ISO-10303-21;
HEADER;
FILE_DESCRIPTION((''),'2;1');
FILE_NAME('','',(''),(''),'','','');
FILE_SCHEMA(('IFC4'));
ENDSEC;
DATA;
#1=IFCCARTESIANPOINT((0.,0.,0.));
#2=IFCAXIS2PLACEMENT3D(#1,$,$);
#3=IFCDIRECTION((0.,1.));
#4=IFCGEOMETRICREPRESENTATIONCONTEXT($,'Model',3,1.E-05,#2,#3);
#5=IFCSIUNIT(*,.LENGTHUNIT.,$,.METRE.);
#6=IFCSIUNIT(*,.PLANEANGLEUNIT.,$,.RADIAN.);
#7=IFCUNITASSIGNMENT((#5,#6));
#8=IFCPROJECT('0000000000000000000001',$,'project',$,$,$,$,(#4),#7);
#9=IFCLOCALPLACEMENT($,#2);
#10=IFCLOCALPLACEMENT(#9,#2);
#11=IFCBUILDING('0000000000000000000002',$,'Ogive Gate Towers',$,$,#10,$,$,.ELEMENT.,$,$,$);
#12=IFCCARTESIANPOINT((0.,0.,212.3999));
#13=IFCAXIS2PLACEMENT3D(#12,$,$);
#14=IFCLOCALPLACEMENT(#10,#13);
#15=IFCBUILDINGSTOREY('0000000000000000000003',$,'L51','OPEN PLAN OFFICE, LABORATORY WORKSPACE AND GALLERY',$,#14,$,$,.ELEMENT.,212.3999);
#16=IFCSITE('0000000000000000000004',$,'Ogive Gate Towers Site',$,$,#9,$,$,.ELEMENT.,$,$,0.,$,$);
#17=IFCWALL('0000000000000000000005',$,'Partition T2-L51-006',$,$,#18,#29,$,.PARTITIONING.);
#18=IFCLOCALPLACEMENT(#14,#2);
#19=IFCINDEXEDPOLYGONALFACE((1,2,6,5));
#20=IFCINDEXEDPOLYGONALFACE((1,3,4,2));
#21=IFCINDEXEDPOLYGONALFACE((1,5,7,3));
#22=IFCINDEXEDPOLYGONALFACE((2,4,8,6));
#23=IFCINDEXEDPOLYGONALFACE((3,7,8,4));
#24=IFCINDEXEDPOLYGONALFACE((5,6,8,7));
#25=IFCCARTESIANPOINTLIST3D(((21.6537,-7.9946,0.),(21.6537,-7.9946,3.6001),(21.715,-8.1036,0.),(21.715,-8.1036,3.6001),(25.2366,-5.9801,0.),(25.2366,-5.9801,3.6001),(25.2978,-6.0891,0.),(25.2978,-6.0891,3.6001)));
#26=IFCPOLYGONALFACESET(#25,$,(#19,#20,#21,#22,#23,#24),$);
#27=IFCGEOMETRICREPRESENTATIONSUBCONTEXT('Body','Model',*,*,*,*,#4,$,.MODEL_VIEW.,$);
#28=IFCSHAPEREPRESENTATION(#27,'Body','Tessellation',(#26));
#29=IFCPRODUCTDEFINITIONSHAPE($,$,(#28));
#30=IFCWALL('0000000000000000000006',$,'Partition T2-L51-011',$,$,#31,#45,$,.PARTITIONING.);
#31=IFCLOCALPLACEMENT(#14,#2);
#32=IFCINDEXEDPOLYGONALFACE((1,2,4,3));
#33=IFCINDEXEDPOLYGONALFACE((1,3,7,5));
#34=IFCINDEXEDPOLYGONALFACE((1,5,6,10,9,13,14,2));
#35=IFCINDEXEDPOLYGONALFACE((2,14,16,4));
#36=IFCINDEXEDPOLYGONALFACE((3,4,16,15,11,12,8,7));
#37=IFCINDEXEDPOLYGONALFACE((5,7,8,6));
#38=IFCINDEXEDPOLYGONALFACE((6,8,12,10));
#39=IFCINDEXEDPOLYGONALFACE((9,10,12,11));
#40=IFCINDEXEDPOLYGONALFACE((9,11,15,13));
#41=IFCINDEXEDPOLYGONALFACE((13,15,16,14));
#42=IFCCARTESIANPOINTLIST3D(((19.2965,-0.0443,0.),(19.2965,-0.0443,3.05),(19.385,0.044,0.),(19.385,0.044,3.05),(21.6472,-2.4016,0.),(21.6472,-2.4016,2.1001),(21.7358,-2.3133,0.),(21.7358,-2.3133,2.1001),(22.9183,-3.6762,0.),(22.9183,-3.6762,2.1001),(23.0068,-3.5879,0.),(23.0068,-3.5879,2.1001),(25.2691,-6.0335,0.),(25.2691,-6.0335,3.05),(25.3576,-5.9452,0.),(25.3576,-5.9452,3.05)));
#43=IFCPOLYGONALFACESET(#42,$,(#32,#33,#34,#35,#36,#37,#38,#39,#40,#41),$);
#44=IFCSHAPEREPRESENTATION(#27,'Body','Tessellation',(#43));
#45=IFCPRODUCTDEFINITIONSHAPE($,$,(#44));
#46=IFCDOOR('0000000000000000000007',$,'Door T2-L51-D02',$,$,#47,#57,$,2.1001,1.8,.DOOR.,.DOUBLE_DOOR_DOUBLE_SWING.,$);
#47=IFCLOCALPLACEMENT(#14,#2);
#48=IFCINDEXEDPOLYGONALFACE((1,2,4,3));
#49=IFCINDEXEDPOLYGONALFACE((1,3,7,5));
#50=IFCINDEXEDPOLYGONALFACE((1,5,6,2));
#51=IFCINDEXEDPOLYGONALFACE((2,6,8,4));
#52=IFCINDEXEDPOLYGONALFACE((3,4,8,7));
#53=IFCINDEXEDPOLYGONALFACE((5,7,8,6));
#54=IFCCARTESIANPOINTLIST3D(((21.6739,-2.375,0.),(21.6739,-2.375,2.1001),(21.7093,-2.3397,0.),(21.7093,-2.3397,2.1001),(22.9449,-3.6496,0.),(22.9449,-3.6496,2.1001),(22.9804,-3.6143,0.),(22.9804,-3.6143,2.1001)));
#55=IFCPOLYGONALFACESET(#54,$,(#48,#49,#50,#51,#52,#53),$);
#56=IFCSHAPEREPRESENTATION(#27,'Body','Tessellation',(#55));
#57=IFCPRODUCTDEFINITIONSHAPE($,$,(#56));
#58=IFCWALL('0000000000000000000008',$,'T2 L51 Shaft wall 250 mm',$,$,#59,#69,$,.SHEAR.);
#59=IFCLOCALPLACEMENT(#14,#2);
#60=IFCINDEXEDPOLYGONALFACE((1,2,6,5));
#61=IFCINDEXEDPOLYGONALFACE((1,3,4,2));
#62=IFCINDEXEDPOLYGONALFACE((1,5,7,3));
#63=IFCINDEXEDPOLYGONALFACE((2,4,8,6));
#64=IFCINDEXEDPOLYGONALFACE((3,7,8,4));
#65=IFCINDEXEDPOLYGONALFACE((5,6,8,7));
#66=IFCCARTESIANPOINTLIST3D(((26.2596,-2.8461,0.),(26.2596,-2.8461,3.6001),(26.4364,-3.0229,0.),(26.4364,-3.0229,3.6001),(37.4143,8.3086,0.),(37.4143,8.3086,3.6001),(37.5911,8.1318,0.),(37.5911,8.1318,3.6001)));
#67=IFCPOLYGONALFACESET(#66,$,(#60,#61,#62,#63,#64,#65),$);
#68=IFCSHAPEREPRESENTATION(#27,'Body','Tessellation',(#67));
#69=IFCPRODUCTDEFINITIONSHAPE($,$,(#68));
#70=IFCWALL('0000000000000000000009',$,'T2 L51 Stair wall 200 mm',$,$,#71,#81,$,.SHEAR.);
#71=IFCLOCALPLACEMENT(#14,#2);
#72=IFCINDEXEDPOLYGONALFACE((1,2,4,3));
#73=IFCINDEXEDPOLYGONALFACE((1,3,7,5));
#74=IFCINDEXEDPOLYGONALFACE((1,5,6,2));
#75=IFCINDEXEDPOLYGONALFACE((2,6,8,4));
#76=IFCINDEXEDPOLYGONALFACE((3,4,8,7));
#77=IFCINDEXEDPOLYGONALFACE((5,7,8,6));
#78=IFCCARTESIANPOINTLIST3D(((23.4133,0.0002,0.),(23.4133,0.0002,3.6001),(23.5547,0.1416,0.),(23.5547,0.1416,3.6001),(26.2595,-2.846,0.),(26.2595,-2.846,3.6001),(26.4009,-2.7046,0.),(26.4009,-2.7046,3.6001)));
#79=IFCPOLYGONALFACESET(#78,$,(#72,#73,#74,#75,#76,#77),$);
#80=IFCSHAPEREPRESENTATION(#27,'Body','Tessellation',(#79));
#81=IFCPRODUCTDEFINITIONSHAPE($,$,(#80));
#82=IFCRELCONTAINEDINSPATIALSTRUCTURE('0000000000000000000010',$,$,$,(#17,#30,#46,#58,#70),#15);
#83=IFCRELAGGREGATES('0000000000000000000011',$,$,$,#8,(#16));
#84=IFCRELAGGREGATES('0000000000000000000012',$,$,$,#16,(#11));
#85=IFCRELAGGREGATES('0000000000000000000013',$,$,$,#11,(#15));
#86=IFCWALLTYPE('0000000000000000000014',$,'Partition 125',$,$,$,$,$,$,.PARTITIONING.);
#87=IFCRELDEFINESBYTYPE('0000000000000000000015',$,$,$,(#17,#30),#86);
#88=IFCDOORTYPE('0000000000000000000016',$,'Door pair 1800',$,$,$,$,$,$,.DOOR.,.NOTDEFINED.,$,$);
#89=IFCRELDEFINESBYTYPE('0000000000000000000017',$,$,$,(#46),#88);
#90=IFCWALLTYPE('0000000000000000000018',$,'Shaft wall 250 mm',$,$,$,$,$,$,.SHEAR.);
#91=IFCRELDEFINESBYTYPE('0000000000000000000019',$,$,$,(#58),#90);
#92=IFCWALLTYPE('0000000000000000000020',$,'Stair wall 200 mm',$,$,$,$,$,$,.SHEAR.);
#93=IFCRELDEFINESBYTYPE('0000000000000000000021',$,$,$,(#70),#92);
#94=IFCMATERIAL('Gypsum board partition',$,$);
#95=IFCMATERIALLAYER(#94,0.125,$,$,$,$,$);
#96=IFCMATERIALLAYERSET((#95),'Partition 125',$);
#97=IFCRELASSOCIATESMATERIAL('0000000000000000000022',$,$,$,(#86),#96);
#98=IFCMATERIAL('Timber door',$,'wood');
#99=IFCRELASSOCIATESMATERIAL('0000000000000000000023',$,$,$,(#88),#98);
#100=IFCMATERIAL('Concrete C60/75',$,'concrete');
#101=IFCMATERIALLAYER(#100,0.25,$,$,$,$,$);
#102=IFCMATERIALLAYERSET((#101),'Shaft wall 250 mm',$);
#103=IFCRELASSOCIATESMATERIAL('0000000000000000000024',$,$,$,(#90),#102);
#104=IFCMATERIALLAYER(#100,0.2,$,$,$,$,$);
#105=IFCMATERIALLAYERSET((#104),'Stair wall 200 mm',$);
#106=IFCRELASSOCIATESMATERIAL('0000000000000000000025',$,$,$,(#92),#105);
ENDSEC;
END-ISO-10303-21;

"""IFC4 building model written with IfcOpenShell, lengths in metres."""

from ifc_helpers import new_model, si_unit, direction, frame, frame_2d, origin, place, context, subcontext, project, spatial, rectangle, extrude, material, layer, layer_set, type_object, element, fill, save


model = new_model("IFC4")

# Units and contexts
model_context = context("Model", 3, precision=1e-05, world=origin(), true_north=direction((0.0, 1.0)))
body_context = subcontext(model_context, "Body", "Model", "MODEL_VIEW")
ifc_project = project(units=[si_unit("LENGTHUNIT", "METRE"), si_unit("PLANEANGLEUNIT", "RADIAN")], contexts=[model_context])

# Site, building, storey
site_placement = place(None, origin())
site = spatial("IfcSite", under=ifc_project, at=site_placement, Name="Ogive Gate Towers Site", CompositionType="ELEMENT", RefElevation=0.0)
building_placement = place(site_placement, origin())
building = spatial("IfcBuilding", under=site, at=building_placement, Name="Ogive Gate Towers", CompositionType="ELEMENT")
storey_placement = place(building_placement, frame((0.0, 0.0, 212.3999)))
storey = spatial("IfcBuildingStorey", under=building, at=storey_placement, Name="L51", Description="OPEN PLAN OFFICE, LABORATORY WORKSPACE AND GALLERY", CompositionType="ELEMENT", Elevation=212.3999)

# Wall
ifc_material_1 = material(Name="Gypsum board partition")
ifc_layer_1 = layer(ifc_material_1, 0.125)
ifc_layer_set_1 = layer_set([ifc_layer_1], Name="Partition 125")
wall_type_1 = type_object("IfcWallType", Name="Partition 125", PredefinedType="PARTITIONING", material=ifc_layer_set_1)
wall_1_placement = place(storey_placement, frame((21.6843, -8.0491, 0.0), z_axis=(0.0, 0.0, 1.0), x_axis=(0.871669, 0.490095, 0.0)))
element("IfcWall", 1, at=wall_1_placement, inside=storey, type_object=wall_type_1, Name="Partition T2-L51-006", PredefinedType="PARTITIONING", context=body_context, shape_type="SweptSolid", body=[
    extrude(rectangle(XDim=4.1104, YDim=0.125, at=frame_2d((2.0552, 0.0))), origin(), (0.0, 0.0, 1.0), 3.6001),
])

# Wall, opening, door
wall_2_placement = place(storey_placement, frame((25.3132, -5.9893, 0.0), z_axis=(0.0, 0.0, 1.0), x_axis=(-0.706125, 0.708087, 0.0)))
wall_2 = element("IfcWall", 2, at=wall_2_placement, inside=storey, type_object=wall_type_1, Name="Partition T2-L51-011", PredefinedType="PARTITIONING", context=body_context, shape_type="SweptSolid", body=[
    extrude(rectangle(XDim=8.4583, YDim=0.125, at=frame_2d((4.229, 0.0))), origin(), (0.0, 0.0, 1.0), 3.05),
])
opening_placement = place(wall_2_placement, frame((3.3291, 0.0, 0.0)))
opening = element("IfcOpeningElement", 3, at=opening_placement, cuts=wall_2, PredefinedType="OPENING", context=body_context, shape_type="SweptSolid", body=[
    extrude(rectangle(XDim=1.8, YDim=2.1001, at=frame_2d((0.8999, 1.05))), frame((0.0, 0.0725, 0.0), z_axis=(0.0, -1.0, 0.0), x_axis=(1.0, 0.0, 0.0)), (0.0, 0.0, 1.0), 0.145),
])
ifc_material_2 = material(Name="Timber door", Category="wood")
door_type = type_object("IfcDoorType", Name="Door pair 1800", OperationType="NOTDEFINED", PredefinedType="DOOR", material=ifc_material_2)
door_placement = place(opening_placement, origin())
door = element("IfcDoor", 4, at=door_placement, inside=storey, type_object=door_type, Name="Door T2-L51-D02", OperationType="DOUBLE_DOOR_DOUBLE_SWING", OverallHeight=2.1001, OverallWidth=1.8, PredefinedType="DOOR", context=body_context, shape_type="SweptSolid", body=[
    extrude(rectangle(XDim=1.8, YDim=2.1001, at=frame_2d((0.8999, 1.05))), frame((0.0, 0.0249, 0.0), z_axis=(0.0, -1.0, 0.0), x_axis=(1.0, 0.0, 0.0)), (0.0, 0.0, 1.0), 0.05),
])
fill(opening, door)

# Walls
ifc_material_3 = material(Name="Concrete C60/75", Category="concrete")
ifc_layer_2 = layer(ifc_material_3, 0.25)
ifc_layer_set_2 = layer_set([ifc_layer_2], Name="Shaft wall 250 mm")
wall_type_2 = type_object("IfcWallType", Name="Shaft wall 250 mm", PredefinedType="SHEAR", material=ifc_layer_set_2)
wall_3_placement = place(storey_placement, frame((26.3479, -2.9346, 0.0), z_axis=(0.0, 0.0, 1.0), x_axis=(0.707107, 0.707107, 0.0)))
element("IfcWall", 5, at=wall_3_placement, inside=storey, type_object=wall_type_2, Name="T2 L51 Shaft wall 250 mm", PredefinedType="SHEAR", context=body_context, shape_type="SweptSolid", body=[
    extrude(rectangle(XDim=15.7751, YDim=0.25, at=frame_2d((7.8877, 0.0))), origin(), (0.0, 0.0, 1.0), 3.6001),
])
ifc_layer_3 = layer(ifc_material_3, 0.2)
ifc_layer_set_3 = layer_set([ifc_layer_3], Name="Stair wall 200 mm")
wall_type_3 = type_object("IfcWallType", Name="Stair wall 200 mm", PredefinedType="SHEAR", material=ifc_layer_set_3)
wall_4_placement = place(storey_placement, frame((26.3303, -2.7754, 0.0), z_axis=(0.0, 0.0, 1.0), x_axis=(-0.707107, 0.707107, 0.0)))
element("IfcWall", 6, at=wall_4_placement, inside=storey, type_object=wall_type_3, Name="T2 L51 Stair wall 200 mm", PredefinedType="SHEAR", context=body_context, shape_type="SweptSolid", body=[
    extrude(rectangle(XDim=4.0251, YDim=0.2, at=frame_2d((2.0127, 0.0))), origin(), (0.0, 0.0, 1.0), 3.6001),
])

save(model, "model.ifc")
